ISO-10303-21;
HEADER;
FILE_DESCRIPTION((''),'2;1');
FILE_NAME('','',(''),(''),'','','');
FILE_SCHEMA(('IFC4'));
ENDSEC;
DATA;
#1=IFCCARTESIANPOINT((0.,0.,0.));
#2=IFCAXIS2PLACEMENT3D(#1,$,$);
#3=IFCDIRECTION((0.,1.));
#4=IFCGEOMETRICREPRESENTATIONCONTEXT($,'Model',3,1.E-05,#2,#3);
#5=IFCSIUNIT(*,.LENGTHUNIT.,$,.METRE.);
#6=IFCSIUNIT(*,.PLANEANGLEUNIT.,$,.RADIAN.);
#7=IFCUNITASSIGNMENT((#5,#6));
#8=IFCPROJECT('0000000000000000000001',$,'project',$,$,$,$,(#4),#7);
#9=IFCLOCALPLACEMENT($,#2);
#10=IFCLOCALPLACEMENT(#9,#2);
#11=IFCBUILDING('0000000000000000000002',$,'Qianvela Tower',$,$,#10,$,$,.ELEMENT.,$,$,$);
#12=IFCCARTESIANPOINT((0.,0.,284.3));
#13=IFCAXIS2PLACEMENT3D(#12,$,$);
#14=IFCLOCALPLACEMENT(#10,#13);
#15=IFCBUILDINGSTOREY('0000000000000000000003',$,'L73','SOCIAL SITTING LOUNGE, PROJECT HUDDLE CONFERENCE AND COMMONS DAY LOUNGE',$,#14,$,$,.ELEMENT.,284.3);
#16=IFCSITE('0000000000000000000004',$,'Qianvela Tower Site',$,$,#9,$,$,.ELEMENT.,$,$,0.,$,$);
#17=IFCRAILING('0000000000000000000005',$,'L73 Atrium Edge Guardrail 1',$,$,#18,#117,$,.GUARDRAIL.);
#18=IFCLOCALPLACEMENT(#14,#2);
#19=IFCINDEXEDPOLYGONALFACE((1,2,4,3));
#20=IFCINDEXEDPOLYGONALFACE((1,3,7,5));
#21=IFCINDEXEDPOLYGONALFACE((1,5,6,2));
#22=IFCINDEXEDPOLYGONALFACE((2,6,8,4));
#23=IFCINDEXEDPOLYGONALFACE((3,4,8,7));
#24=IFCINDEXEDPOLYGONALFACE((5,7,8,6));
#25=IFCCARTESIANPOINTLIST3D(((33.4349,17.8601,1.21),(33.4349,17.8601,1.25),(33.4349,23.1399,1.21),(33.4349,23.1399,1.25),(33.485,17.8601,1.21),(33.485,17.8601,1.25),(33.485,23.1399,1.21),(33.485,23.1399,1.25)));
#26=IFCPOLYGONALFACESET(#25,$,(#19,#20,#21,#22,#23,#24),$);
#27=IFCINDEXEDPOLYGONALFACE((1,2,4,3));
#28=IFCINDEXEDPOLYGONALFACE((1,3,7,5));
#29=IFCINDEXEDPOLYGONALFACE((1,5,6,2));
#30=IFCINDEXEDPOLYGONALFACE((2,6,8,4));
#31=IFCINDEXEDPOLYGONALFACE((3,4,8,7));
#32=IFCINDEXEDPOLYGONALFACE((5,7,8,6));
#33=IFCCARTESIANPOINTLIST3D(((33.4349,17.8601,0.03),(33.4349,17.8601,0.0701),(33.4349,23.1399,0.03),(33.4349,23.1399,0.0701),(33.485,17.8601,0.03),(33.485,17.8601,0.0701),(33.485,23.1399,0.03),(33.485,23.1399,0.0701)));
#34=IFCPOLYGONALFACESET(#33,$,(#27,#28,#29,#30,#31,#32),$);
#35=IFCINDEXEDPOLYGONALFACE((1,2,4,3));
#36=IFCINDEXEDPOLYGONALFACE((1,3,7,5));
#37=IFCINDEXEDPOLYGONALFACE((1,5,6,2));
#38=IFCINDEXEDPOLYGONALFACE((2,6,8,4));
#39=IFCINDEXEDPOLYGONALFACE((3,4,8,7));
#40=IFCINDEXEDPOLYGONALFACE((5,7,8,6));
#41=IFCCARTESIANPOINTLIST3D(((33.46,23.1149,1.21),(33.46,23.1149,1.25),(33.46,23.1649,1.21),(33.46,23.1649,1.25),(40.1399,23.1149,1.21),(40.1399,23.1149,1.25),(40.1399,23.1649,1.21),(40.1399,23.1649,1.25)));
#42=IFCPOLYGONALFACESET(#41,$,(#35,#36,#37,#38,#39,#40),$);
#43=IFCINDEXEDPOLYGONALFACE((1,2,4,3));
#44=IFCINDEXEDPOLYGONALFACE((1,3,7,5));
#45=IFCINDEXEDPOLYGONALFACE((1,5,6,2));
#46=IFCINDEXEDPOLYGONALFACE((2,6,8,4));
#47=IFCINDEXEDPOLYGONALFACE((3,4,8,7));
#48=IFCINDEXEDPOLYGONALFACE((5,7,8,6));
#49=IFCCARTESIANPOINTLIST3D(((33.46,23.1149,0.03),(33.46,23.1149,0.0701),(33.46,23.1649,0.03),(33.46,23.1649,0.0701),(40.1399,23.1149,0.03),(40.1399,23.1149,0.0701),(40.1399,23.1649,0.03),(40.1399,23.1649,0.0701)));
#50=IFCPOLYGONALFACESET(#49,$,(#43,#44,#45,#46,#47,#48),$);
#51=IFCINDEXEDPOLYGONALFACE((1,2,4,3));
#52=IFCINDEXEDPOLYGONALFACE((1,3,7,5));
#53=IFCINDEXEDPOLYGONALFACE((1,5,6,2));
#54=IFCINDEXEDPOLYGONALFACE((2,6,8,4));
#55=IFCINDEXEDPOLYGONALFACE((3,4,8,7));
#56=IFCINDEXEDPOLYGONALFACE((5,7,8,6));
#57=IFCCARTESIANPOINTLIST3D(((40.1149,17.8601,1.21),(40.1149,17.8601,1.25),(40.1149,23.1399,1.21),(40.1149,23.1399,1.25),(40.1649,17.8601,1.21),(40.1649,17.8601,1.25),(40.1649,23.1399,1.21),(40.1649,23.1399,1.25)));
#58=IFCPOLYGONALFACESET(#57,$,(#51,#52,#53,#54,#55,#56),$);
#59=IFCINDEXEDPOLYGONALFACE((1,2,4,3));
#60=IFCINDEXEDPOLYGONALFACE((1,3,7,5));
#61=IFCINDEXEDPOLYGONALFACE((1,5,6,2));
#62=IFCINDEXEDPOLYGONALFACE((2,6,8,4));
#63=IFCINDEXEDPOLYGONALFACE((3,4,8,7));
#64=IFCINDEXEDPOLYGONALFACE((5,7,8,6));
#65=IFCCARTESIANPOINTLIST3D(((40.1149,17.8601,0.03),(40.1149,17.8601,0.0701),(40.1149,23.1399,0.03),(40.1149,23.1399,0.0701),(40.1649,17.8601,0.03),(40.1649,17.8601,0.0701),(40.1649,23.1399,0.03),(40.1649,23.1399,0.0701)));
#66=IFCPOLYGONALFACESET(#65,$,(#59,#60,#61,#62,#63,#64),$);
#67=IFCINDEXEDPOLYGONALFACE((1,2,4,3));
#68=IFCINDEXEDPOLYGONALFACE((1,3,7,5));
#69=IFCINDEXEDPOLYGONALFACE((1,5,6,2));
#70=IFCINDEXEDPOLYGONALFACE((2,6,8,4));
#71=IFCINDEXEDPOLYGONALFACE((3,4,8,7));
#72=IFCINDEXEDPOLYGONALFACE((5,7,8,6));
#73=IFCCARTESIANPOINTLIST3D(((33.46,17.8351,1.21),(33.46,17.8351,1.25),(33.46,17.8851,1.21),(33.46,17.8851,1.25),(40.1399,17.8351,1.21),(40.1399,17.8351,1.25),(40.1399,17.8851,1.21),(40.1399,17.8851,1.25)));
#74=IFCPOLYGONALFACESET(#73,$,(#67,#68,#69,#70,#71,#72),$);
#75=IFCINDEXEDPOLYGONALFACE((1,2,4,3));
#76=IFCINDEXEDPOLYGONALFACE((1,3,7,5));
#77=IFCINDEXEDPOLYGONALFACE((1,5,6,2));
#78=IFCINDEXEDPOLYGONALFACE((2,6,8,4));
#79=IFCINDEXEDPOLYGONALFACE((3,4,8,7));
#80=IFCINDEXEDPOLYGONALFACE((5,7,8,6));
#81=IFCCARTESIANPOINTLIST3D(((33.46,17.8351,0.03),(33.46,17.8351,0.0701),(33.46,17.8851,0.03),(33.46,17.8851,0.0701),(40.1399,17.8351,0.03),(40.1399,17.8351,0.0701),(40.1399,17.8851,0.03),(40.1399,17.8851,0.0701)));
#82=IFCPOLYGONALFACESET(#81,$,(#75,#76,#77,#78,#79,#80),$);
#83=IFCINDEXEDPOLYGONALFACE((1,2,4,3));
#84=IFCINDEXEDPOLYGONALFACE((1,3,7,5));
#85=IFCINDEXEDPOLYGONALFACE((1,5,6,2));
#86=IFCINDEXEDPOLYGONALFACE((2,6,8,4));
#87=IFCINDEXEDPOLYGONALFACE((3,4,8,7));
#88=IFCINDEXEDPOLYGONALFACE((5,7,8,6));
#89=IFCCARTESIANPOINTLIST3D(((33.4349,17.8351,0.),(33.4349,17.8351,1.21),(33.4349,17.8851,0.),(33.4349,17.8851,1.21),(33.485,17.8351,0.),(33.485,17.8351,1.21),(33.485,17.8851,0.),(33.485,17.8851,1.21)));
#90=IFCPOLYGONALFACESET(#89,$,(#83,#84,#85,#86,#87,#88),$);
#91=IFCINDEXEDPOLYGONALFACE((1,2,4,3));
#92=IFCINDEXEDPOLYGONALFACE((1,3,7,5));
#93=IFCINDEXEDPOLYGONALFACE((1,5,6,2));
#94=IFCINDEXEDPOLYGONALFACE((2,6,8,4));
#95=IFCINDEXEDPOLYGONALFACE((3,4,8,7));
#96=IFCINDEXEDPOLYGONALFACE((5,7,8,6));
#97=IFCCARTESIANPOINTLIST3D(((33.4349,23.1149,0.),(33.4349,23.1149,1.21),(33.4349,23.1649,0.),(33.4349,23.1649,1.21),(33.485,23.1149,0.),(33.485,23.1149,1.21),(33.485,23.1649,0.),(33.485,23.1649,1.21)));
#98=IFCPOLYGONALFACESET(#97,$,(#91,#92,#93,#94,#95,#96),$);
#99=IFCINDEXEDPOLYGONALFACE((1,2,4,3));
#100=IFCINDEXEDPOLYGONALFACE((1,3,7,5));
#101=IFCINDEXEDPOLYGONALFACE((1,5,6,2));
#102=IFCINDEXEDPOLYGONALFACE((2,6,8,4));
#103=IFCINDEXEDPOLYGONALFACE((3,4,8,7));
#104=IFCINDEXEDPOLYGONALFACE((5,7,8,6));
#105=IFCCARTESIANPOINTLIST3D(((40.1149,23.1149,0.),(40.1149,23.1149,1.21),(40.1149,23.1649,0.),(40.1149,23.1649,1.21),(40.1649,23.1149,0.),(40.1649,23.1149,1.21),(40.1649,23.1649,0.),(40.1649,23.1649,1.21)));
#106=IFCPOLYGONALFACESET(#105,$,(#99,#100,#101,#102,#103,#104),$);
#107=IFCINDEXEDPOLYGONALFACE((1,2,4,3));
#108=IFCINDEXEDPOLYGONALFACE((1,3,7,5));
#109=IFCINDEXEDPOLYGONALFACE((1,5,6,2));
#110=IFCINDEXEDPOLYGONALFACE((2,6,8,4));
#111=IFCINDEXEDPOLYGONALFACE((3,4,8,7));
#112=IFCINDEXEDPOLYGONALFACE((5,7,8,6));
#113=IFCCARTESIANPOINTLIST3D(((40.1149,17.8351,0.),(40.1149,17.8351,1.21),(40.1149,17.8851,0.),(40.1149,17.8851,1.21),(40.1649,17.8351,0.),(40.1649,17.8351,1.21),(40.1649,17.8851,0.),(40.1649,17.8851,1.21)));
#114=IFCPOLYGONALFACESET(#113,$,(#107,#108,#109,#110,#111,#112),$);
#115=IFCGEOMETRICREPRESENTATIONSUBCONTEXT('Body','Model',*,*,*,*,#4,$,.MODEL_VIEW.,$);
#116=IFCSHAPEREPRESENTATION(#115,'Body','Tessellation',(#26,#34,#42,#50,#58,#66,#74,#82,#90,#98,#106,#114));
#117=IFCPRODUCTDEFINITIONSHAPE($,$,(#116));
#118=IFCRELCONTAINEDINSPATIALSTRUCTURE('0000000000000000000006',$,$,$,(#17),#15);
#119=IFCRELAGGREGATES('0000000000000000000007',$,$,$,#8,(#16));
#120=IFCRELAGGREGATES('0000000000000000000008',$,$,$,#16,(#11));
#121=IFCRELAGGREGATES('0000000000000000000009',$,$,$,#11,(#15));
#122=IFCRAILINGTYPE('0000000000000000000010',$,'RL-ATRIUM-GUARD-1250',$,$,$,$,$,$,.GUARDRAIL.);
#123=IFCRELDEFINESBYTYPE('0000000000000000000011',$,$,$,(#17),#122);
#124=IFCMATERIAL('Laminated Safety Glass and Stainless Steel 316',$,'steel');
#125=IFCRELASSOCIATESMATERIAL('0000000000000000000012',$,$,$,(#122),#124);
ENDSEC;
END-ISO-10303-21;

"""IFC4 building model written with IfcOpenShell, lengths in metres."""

from ifc_helpers import new_model, si_unit, direction, frame, origin, origin_2d, place, context, subcontext, project, spatial, rectangle, extrude, material, type_object, element, save


model = new_model("IFC4")

# Units and contexts
model_context = context("Model", 3, precision=1e-05, world=origin(), true_north=direction((0.0, 1.0)))
body_context = subcontext(model_context, "Body", "Model", "MODEL_VIEW")
ifc_project = project(units=[si_unit("LENGTHUNIT", "METRE"), si_unit("PLANEANGLEUNIT", "RADIAN")], contexts=[model_context])

# Site, building, storey
site_placement = place(None, origin())
site = spatial("IfcSite", under=ifc_project, at=site_placement, Name="Qianvela Tower Site", CompositionType="ELEMENT", RefElevation=0.0)
building_placement = place(site_placement, origin())
building = spatial("IfcBuilding", under=site, at=building_placement, Name="Qianvela Tower", CompositionType="ELEMENT")
storey_placement = place(building_placement, frame((0.0, 0.0, 284.3)))
storey = spatial("IfcBuildingStorey", under=building, at=storey_placement, Name="L73", Description="SOCIAL SITTING LOUNGE, PROJECT HUDDLE CONFERENCE AND COMMONS DAY LOUNGE", CompositionType="ELEMENT", Elevation=284.3)

# Railing
ifc_material_1 = material(Name="Laminated Safety Glass and Stainless Steel 316", Category="steel")
railing_type = type_object("IfcRailingType", Name="RL-ATRIUM-GUARD-1250", PredefinedType="GUARDRAIL", material=ifc_material_1)
railing_placement = place(storey_placement, frame((33.46, 17.8601, 0.0)))
element("IfcRailing", 1, at=railing_placement, inside=storey, type_object=railing_type, Name="L73 Atrium Edge Guardrail 1", PredefinedType="GUARDRAIL", context=body_context, shape_type="SweptSolid", body=[
    extrude(rectangle(XDim=0.05, YDim=0.04, at=origin_2d()), frame((0.0, 0.0, 1.23), z_axis=(0.0, 1.0, 0.0), x_axis=(-1.0, 0.0, 0.0)), (0.0, 0.0, 1.0), 5.2798),
    extrude(rectangle(XDim=0.05, YDim=0.04, at=origin_2d()), frame((0.0, 0.0, 0.05), z_axis=(0.0, 1.0, 0.0), x_axis=(-1.0, 0.0, 0.0)), (0.0, 0.0, 1.0), 5.2798),
    extrude(rectangle(XDim=0.05, YDim=0.04, at=origin_2d()), frame((0.0, 5.2798, 1.23), z_axis=(1.0, 0.0, 0.0), x_axis=(0.0, 1.0, 0.0)), (0.0, 0.0, 1.0), 6.6799),
    extrude(rectangle(XDim=0.05, YDim=0.04, at=origin_2d()), frame((0.0, 5.2798, 0.05), z_axis=(1.0, 0.0, 0.0), x_axis=(0.0, 1.0, 0.0)), (0.0, 0.0, 1.0), 6.6799),
    extrude(rectangle(XDim=0.05, YDim=0.04, at=origin_2d()), frame((6.6799, 5.2798, 1.23), z_axis=(0.0, -1.0, 0.0), x_axis=(1.0, 0.0, 0.0)), (0.0, 0.0, 1.0), 5.2798),
    extrude(rectangle(XDim=0.05, YDim=0.04, at=origin_2d()), frame((6.6799, 5.2798, 0.05), z_axis=(0.0, -1.0, 0.0), x_axis=(1.0, 0.0, 0.0)), (0.0, 0.0, 1.0), 5.2798),
    extrude(rectangle(XDim=0.05, YDim=0.04, at=origin_2d()), frame((6.6799, 0.0, 1.23), z_axis=(-1.0, 0.0, 0.0), x_axis=(0.0, -1.0, 0.0)), (0.0, 0.0, 1.0), 6.6799),
    extrude(rectangle(XDim=0.05, YDim=0.04, at=origin_2d()), frame((6.6799, 0.0, 0.05), z_axis=(-1.0, 0.0, 0.0), x_axis=(0.0, -1.0, 0.0)), (0.0, 0.0, 1.0), 6.6799),
    extrude(rectangle(XDim=0.05, YDim=0.05, at=origin_2d()), origin(), (0.0, 0.0, 1.0), 1.21),
    extrude(rectangle(XDim=0.05, YDim=0.05, at=origin_2d()), frame((0.0, 5.2798, 0.0)), (0.0, 0.0, 1.0), 1.21),
    extrude(rectangle(XDim=0.05, YDim=0.05, at=origin_2d()), frame((6.6799, 5.2798, 0.0)), (0.0, 0.0, 1.0), 1.21),
    extrude(rectangle(XDim=0.05, YDim=0.05, at=origin_2d()), frame((6.6799, 0.0, 0.0)), (0.0, 0.0, 1.0), 1.21),
])

save(model, "model.ifc")
